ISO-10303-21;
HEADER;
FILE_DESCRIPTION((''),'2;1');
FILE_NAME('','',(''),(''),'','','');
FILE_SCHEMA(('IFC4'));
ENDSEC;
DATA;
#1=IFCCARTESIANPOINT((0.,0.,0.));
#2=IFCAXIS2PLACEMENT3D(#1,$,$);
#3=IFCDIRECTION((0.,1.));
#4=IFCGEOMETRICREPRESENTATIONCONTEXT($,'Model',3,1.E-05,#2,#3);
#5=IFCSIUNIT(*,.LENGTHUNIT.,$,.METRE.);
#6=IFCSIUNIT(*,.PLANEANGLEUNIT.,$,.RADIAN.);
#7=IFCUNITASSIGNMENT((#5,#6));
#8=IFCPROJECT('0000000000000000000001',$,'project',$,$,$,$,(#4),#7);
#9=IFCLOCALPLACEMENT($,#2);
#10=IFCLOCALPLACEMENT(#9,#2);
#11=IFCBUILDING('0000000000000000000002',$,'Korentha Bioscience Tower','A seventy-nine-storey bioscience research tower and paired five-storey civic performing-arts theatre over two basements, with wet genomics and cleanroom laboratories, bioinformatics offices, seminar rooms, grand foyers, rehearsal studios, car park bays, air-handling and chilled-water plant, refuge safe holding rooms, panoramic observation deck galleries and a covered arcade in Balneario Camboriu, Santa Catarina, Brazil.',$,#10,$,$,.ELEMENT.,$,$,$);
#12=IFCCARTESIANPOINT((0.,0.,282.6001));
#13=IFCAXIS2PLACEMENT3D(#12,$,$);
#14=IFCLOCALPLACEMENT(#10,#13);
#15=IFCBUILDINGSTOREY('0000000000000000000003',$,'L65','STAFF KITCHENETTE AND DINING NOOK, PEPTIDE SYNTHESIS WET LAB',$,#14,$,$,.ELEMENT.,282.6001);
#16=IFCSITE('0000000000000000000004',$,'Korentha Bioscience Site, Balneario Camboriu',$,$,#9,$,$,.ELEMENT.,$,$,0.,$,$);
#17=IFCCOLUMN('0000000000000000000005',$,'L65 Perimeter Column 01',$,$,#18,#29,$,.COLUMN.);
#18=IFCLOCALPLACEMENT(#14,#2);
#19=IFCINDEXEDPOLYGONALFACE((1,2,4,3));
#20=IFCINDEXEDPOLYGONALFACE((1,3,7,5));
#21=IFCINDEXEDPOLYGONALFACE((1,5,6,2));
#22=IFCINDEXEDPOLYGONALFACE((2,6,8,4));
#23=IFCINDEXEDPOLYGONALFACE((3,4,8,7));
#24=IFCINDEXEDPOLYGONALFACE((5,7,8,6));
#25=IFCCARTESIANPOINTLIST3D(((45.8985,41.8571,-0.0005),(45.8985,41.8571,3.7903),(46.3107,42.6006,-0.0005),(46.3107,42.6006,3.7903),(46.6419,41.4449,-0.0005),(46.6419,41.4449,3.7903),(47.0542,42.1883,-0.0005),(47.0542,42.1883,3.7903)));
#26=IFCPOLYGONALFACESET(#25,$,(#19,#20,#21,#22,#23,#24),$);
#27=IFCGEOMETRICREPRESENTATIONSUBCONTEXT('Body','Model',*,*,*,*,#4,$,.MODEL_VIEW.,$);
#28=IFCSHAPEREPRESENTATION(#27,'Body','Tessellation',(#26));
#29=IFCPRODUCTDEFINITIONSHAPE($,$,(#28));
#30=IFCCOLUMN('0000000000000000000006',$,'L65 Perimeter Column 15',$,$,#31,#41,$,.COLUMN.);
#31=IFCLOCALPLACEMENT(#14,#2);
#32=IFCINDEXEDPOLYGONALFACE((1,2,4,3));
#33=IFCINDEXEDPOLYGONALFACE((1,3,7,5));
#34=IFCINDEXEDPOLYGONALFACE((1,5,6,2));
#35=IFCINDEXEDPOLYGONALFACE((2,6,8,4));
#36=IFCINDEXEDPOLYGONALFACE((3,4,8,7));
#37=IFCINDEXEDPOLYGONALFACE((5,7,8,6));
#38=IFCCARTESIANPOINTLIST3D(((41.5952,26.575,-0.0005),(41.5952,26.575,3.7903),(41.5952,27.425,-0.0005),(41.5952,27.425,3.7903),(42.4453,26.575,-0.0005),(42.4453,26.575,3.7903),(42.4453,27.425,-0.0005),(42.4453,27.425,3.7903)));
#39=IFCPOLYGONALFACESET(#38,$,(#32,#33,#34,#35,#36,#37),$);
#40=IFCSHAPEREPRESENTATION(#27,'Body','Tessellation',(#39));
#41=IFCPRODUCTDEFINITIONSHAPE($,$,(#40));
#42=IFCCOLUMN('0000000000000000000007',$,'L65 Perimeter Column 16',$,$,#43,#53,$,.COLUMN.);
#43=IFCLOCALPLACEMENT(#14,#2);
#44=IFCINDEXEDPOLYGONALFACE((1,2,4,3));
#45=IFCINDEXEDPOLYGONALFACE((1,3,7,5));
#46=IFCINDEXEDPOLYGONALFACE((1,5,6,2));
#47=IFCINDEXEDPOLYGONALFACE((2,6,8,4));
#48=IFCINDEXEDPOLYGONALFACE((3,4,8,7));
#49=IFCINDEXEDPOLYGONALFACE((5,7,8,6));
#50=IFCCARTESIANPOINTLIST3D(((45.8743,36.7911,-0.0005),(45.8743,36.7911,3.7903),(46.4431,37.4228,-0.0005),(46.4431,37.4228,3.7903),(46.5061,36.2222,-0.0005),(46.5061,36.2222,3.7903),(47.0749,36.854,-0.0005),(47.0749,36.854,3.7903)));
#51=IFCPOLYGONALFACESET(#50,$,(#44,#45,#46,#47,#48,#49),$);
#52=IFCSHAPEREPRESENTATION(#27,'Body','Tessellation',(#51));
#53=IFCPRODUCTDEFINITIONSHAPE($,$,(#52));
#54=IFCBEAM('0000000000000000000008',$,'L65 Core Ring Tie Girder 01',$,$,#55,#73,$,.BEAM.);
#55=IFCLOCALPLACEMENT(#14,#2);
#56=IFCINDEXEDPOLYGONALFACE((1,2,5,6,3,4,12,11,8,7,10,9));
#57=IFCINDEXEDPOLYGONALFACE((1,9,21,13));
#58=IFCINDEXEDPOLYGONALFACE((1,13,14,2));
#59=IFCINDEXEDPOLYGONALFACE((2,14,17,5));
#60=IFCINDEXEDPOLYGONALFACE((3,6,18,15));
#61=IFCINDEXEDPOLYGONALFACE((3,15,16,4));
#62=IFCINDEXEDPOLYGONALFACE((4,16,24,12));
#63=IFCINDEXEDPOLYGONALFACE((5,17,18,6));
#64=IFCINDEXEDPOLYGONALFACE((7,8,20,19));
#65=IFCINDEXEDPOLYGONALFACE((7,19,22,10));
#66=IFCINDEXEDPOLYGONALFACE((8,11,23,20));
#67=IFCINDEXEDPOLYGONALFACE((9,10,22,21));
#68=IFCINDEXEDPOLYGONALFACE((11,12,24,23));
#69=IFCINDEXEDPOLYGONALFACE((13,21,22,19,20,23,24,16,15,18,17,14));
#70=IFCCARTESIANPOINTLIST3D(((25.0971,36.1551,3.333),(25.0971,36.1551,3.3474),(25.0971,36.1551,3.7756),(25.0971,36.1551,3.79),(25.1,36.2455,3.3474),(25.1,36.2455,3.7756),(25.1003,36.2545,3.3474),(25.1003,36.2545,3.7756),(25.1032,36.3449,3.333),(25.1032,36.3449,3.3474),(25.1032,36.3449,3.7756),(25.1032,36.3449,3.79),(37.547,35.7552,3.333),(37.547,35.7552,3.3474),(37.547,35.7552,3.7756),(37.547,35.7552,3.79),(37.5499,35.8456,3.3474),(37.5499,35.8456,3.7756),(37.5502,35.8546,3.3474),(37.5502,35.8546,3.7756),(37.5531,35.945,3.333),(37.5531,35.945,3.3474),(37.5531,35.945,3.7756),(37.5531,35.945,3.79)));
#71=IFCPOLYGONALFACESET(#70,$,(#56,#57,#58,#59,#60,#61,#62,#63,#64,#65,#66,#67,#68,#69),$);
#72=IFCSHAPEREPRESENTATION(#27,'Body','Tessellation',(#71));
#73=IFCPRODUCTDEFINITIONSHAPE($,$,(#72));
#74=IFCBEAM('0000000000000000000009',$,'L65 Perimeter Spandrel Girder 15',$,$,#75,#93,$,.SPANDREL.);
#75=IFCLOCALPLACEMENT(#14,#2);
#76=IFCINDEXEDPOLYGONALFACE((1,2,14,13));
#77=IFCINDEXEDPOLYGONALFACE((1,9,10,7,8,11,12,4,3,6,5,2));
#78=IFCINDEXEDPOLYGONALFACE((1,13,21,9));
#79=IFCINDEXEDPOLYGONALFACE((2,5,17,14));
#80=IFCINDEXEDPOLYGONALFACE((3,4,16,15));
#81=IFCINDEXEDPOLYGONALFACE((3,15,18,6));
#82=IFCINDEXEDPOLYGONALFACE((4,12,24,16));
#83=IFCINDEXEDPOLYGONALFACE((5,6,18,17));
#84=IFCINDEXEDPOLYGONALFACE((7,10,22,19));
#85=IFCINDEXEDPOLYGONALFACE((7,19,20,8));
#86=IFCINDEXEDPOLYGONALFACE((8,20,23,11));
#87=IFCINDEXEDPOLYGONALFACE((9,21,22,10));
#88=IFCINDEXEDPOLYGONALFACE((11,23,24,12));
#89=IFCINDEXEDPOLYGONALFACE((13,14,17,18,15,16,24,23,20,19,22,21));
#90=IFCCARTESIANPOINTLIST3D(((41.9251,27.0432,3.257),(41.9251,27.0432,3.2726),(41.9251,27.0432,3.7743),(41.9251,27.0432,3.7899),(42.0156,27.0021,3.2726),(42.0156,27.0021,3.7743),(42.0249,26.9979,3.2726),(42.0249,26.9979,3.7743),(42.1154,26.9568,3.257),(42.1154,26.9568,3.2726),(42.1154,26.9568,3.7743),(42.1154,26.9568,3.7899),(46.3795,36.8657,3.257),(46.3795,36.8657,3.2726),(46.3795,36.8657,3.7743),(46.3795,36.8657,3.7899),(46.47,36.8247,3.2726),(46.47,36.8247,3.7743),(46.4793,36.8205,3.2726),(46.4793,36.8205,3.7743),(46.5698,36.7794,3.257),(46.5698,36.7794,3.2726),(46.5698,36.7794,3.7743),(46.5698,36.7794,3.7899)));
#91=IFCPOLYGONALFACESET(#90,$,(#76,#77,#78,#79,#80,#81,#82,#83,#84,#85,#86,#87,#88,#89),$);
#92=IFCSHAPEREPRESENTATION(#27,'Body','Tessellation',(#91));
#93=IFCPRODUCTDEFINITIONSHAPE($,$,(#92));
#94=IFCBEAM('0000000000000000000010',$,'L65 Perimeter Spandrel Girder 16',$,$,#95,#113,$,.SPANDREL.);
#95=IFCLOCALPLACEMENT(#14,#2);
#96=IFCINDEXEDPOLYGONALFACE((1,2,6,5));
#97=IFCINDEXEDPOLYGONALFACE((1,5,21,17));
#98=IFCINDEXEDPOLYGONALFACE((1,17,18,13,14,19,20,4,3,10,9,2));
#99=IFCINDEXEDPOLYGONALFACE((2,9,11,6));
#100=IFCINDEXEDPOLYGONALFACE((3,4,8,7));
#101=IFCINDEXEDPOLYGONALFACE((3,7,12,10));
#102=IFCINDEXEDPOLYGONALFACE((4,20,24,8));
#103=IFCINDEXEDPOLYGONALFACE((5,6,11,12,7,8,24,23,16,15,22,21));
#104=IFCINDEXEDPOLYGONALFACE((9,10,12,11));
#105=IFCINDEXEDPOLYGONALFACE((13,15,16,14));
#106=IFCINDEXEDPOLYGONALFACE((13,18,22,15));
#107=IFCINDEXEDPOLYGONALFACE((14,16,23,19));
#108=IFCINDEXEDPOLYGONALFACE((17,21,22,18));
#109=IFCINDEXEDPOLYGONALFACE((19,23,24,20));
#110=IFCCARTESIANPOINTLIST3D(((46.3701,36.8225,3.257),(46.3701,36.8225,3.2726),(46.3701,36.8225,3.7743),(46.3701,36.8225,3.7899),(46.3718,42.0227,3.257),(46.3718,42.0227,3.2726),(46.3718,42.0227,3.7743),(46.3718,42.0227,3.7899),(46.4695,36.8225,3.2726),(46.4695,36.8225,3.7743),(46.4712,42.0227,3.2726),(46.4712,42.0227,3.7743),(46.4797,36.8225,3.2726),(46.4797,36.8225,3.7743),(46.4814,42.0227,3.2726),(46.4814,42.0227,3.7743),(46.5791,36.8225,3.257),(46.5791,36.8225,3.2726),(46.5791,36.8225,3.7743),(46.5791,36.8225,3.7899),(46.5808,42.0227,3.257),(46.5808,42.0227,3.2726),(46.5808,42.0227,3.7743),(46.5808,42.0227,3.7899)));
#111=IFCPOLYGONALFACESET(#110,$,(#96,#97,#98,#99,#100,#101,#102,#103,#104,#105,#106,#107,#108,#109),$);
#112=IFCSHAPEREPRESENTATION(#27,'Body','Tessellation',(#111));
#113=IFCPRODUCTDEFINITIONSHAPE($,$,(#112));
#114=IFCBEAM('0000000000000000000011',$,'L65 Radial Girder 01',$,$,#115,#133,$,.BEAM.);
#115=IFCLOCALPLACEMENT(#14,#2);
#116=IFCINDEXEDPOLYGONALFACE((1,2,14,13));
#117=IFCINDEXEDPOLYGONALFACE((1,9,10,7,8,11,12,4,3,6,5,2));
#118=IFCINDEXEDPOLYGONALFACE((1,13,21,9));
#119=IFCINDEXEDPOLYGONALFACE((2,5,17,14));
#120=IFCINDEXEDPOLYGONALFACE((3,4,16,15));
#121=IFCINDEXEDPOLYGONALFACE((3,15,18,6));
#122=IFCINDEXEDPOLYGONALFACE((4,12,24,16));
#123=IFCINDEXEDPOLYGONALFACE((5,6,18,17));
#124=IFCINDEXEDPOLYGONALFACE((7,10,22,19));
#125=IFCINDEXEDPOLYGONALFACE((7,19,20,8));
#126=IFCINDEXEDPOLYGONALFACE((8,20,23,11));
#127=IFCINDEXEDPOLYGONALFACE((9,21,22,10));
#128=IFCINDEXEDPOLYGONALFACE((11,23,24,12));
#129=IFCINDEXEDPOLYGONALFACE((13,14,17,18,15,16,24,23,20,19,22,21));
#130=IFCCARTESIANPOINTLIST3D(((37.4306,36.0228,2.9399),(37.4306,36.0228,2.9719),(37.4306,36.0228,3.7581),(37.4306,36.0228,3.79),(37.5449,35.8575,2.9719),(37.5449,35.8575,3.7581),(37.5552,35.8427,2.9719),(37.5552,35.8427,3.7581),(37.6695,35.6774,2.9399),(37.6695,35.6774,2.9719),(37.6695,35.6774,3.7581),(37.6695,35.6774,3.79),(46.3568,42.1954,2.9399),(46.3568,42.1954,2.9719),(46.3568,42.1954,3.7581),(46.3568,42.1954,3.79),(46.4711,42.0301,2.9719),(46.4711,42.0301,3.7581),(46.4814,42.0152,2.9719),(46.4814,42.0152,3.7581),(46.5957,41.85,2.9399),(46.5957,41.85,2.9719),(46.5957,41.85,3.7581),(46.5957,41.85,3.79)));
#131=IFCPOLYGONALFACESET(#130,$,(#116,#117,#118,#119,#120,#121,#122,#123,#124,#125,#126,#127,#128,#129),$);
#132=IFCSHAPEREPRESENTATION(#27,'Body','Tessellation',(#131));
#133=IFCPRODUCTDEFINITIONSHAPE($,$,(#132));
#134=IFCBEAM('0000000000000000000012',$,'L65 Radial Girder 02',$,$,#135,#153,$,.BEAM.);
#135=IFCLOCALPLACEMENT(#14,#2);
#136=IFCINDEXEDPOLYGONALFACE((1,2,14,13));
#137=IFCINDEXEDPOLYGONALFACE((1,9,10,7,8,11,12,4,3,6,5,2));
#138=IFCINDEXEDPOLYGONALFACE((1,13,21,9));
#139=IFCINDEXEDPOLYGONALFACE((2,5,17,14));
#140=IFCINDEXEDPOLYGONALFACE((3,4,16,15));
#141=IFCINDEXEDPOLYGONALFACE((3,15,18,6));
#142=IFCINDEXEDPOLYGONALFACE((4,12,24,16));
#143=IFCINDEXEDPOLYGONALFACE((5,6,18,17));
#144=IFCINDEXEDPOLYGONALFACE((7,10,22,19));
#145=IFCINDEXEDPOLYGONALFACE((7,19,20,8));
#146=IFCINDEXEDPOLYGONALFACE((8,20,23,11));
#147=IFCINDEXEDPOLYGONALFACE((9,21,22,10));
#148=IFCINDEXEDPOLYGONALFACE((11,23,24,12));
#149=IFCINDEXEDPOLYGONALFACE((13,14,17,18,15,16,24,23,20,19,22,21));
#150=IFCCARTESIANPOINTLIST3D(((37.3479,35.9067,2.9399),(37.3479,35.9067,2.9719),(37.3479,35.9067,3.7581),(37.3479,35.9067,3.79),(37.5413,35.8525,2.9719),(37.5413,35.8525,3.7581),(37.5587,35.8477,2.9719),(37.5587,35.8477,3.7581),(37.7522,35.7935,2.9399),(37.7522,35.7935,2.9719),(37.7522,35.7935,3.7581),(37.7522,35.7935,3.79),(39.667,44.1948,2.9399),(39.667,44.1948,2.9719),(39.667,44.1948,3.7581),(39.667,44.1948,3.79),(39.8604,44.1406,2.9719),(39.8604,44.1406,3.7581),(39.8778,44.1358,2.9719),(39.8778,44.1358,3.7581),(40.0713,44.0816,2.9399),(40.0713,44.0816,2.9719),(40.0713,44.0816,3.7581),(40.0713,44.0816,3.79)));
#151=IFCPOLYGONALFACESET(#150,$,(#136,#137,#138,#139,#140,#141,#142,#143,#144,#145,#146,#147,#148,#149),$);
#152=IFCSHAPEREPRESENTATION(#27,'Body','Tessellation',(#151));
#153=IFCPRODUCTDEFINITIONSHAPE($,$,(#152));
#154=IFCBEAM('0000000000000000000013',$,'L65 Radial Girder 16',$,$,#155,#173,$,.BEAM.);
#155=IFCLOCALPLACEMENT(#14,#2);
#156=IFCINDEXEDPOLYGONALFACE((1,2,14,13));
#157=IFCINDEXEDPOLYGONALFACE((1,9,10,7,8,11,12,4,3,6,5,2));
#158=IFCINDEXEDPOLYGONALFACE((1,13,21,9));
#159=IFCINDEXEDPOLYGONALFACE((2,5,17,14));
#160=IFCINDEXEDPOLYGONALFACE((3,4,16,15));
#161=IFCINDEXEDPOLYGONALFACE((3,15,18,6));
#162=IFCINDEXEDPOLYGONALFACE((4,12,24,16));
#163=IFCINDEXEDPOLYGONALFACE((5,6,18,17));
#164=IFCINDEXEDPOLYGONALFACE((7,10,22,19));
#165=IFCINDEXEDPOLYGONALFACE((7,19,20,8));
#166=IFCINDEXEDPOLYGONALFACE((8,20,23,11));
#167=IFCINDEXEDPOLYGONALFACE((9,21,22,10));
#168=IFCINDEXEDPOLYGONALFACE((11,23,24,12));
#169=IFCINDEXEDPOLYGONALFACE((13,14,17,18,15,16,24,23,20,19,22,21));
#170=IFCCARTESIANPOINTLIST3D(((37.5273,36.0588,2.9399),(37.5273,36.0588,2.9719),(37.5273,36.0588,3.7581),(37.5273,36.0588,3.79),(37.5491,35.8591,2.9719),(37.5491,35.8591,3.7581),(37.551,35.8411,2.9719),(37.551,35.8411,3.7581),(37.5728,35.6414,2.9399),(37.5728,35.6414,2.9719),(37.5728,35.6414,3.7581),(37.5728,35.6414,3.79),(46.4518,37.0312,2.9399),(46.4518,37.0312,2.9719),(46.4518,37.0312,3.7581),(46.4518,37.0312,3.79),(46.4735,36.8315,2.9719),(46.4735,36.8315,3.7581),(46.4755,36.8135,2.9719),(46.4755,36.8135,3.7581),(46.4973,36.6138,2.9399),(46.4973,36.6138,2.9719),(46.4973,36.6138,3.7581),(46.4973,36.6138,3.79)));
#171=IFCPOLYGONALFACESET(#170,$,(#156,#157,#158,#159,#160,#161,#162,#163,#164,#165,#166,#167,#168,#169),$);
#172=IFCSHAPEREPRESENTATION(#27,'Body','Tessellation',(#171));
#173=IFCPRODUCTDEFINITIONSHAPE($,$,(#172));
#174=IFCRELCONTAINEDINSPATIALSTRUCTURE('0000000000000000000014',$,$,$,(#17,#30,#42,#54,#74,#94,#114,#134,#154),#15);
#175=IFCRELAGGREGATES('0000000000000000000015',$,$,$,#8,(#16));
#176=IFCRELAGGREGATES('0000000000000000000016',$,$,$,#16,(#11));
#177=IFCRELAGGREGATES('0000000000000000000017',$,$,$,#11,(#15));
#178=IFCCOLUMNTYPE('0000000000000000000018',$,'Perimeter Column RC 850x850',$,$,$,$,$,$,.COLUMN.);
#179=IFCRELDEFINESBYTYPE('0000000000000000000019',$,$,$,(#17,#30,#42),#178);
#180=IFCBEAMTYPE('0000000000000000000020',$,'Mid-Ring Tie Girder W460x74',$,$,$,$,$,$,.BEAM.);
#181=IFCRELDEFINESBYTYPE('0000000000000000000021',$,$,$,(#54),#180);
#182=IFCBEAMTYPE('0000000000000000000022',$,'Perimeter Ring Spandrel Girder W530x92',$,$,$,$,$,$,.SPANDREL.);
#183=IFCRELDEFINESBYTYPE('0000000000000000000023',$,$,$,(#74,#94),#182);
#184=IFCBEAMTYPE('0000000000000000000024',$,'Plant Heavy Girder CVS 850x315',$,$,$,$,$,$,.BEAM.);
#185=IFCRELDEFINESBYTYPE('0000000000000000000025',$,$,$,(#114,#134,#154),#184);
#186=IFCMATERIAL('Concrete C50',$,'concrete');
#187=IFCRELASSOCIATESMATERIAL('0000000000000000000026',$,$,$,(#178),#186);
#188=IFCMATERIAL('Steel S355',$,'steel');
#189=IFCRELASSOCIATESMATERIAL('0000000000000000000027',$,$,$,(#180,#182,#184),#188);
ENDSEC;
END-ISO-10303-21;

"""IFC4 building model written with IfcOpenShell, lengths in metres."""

from ifc_helpers import new_model, si_unit, direction, frame, origin, origin_2d, place, context, subcontext, project, spatial, rectangle, i_section, extrude, material, material_profile, profile_set, type_object, element, save


model = new_model("IFC4")

# Units and contexts
model_context = context("Model", 3, precision=1e-05, world=origin(), true_north=direction((0.0, 1.0)))
body_context = subcontext(model_context, "Body", "Model", "MODEL_VIEW")
ifc_project = project(units=[si_unit("LENGTHUNIT", "METRE"), si_unit("PLANEANGLEUNIT", "RADIAN")], contexts=[model_context])

# Site, building, storey
site_placement = place(None, origin())
site = spatial("IfcSite", under=ifc_project, at=site_placement, Name="Korentha Bioscience Site, Balneario Camboriu", CompositionType="ELEMENT", RefElevation=0.0)
building_placement = place(site_placement, origin())
building = spatial("IfcBuilding", under=site, at=building_placement, Name="Korentha Bioscience Tower", Description="A seventy-nine-storey bioscience research tower and paired five-storey civic performing-arts theatre over two basements, with wet genomics and cleanroom laboratories, bioinformatics offices, seminar rooms, grand foyers, rehearsal studios, car park bays, air-handling and chilled-water plant, refuge safe holding rooms, panoramic observation deck galleries and a covered arcade in Balneario Camboriu, Santa Catarina, Brazil.", CompositionType="ELEMENT")
storey_placement = place(building_placement, frame((0.0, 0.0, 282.6001)))
storey = spatial("IfcBuildingStorey", under=building, at=storey_placement, Name="L65", Description="STAFF KITCHENETTE AND DINING NOOK, PEPTIDE SYNTHESIS WET LAB", CompositionType="ELEMENT", Elevation=282.6001)

# Columns
ifc_material_1 = material(Name="Concrete C50", Category="concrete")
ifc_material_profile_1 = material_profile(ifc_material_1, rectangle(XDim=0.8501, YDim=0.8501, at=origin_2d()), Name="Concrete C50")
ifc_profile_set_1 = profile_set([ifc_material_profile_1], Name="Concrete C50 (COL-P08)")
column_type = type_object("IfcColumnType", Name="Perimeter Column RC 850x850", PredefinedType="COLUMN", material=ifc_profile_set_1)
for number, where, z_axis, x_axis, name in (
    (1, (46.4763, 42.0227, -0.0005), (0.0, 0.0, 1.0), (-0.874535, 0.484962, 0.0), "L65 Perimeter Column 01"),
    (2, (42.0203, 27.0, -0.0005), (0.0, 0.0, 1.0), (0.0, 1.0, 0.0), "L65 Perimeter Column 15"),
    (3, (46.4746, 36.8225, -0.0005), (0.0, 0.0, 1.0), (0.669131, 0.743145, 0.0), "L65 Perimeter Column 16"),
):
    element("IfcColumn", number, at=place(storey_placement, frame(where, z_axis=z_axis, x_axis=x_axis)), inside=storey, type_object=column_type, Name=name, PredefinedType="COLUMN", context=body_context, shape_type="SweptSolid", body=[
        extrude(rectangle(XDim=0.8501, YDim=0.8501, at=origin_2d()), origin(), (0.0, 0.0, 1.0), 3.7908),
    ])

# Beams
ifc_material_2 = material(Name="Steel S355", Category="steel")
ifc_material_profile_2 = material_profile(ifc_material_2, i_section(OverallWidth=0.1899, OverallDepth=0.457, WebThickness=0.009, FlangeThickness=0.0144, at=origin_2d()), Name="Steel S355")
ifc_profile_set_2 = profile_set([ifc_material_profile_2], Name="Steel S355 (MB-460)")
beam_type_1 = type_object("IfcBeamType", Name="Mid-Ring Tie Girder W460x74", PredefinedType="BEAM", material=ifc_profile_set_2)
beam_1_placement = place(storey_placement, frame((37.55, 35.8501, 3.5615), z_axis=(-0.999485, 0.032104, 0.0), x_axis=(-0.032104, -0.999485, 0.0)))
element("IfcBeam", 4, at=beam_1_placement, inside=storey, type_object=beam_type_1, Name="L65 Core Ring Tie Girder 01", PredefinedType="BEAM", context=body_context, shape_type="SweptSolid", body=[
    extrude(i_section(OverallWidth=0.1899, OverallDepth=0.457, WebThickness=0.009, FlangeThickness=0.0144, at=origin_2d()), origin(), (0.0, 0.0, 1.0), 12.4563),
])
ifc_material_profile_3 = material_profile(ifc_material_2, i_section(OverallWidth=0.209, OverallDepth=0.533, WebThickness=0.0103, FlangeThickness=0.0156, at=origin_2d()), Name="Steel S355")
ifc_profile_set_3 = profile_set([ifc_material_profile_3], Name="Steel S355 (SB-530)")
beam_type_2 = type_object("IfcBeamType", Name="Perimeter Ring Spandrel Girder W530x92", PredefinedType="SPANDREL", material=ifc_profile_set_3)
beam_2_placement = place(storey_placement, frame((42.0203, 27.0, 3.5234), z_axis=(0.413001, 0.91073, 0.0), x_axis=(-0.91073, 0.413001, 0.0)))
element("IfcBeam", 5, at=beam_2_placement, inside=storey, type_object=beam_type_2, Name="L65 Perimeter Spandrel Girder 15", PredefinedType="SPANDREL", context=body_context, shape_type="SweptSolid", body=[
    extrude(i_section(OverallWidth=0.209, OverallDepth=0.533, WebThickness=0.0103, FlangeThickness=0.0156, at=origin_2d()), origin(), (0.0, 0.0, 1.0), 10.7854),
])
beam_3_placement = place(storey_placement, frame((46.4746, 36.8225, 3.5234), z_axis=(0.000329, 1.0, 0.0), x_axis=(-1.0, 0.000329, 0.0)))
element("IfcBeam", 6, at=beam_3_placement, inside=storey, type_object=beam_type_2, Name="L65 Perimeter Spandrel Girder 16", PredefinedType="SPANDREL", context=body_context, shape_type="SweptSolid", body=[
    extrude(i_section(OverallWidth=0.209, OverallDepth=0.533, WebThickness=0.0103, FlangeThickness=0.0156, at=origin_2d()), origin(), (0.0, 0.0, 1.0), 5.2002),
])
ifc_material_profile_4 = material_profile(ifc_material_2, i_section(OverallWidth=0.4199, OverallDepth=0.8501, WebThickness=0.0181, FlangeThickness=0.032, at=origin_2d()), Name="Steel S355")
ifc_profile_set_4 = profile_set([ifc_material_profile_4], Name="Steel S355 (MB-850)")
beam_type_3 = type_object("IfcBeamType", Name="Plant Heavy Girder CVS 850x315", PredefinedType="BEAM", material=ifc_profile_set_4)
beam_4_placement = place(storey_placement, frame((37.55, 35.8501, 3.365), z_axis=(0.822499, 0.568767, 0.0), x_axis=(-0.568767, 0.822499, 0.0)))
element("IfcBeam", 7, at=beam_4_placement, inside=storey, type_object=beam_type_3, Name="L65 Radial Girder 01", PredefinedType="BEAM", context=body_context, shape_type="SweptSolid", body=[
    extrude(i_section(OverallWidth=0.4199, OverallDepth=0.8501, WebThickness=0.0181, FlangeThickness=0.032, at=origin_2d()), origin(), (0.0, 0.0, 1.0), 10.8525),
])
beam_5_placement = place(storey_placement, frame((37.55, 35.8501, 3.365), z_axis=(0.269461, 0.963011, 0.0), x_axis=(-0.963011, 0.269461, 0.0)))
element("IfcBeam", 8, at=beam_5_placement, inside=storey, type_object=beam_type_3, Name="L65 Radial Girder 02", PredefinedType="BEAM", context=body_context, shape_type="SweptSolid", body=[
    extrude(i_section(OverallWidth=0.4199, OverallDepth=0.8501, WebThickness=0.0181, FlangeThickness=0.032, at=origin_2d()), origin(), (0.0, 0.0, 1.0), 8.6064),
])
beam_6_placement = place(storey_placement, frame((37.55, 35.8501, 3.365), z_axis=(0.994116, 0.108318, 0.0), x_axis=(-0.108318, 0.994116, 0.0)))
element("IfcBeam", 9, at=beam_6_placement, inside=storey, type_object=beam_type_3, Name="L65 Radial Girder 16", PredefinedType="BEAM", context=body_context, shape_type="SweptSolid", body=[
    extrude(i_section(OverallWidth=0.4199, OverallDepth=0.8501, WebThickness=0.0181, FlangeThickness=0.032, at=origin_2d()), origin(), (0.0, 0.0, 1.0), 8.9773),
])

save(model, "model.ifc")
